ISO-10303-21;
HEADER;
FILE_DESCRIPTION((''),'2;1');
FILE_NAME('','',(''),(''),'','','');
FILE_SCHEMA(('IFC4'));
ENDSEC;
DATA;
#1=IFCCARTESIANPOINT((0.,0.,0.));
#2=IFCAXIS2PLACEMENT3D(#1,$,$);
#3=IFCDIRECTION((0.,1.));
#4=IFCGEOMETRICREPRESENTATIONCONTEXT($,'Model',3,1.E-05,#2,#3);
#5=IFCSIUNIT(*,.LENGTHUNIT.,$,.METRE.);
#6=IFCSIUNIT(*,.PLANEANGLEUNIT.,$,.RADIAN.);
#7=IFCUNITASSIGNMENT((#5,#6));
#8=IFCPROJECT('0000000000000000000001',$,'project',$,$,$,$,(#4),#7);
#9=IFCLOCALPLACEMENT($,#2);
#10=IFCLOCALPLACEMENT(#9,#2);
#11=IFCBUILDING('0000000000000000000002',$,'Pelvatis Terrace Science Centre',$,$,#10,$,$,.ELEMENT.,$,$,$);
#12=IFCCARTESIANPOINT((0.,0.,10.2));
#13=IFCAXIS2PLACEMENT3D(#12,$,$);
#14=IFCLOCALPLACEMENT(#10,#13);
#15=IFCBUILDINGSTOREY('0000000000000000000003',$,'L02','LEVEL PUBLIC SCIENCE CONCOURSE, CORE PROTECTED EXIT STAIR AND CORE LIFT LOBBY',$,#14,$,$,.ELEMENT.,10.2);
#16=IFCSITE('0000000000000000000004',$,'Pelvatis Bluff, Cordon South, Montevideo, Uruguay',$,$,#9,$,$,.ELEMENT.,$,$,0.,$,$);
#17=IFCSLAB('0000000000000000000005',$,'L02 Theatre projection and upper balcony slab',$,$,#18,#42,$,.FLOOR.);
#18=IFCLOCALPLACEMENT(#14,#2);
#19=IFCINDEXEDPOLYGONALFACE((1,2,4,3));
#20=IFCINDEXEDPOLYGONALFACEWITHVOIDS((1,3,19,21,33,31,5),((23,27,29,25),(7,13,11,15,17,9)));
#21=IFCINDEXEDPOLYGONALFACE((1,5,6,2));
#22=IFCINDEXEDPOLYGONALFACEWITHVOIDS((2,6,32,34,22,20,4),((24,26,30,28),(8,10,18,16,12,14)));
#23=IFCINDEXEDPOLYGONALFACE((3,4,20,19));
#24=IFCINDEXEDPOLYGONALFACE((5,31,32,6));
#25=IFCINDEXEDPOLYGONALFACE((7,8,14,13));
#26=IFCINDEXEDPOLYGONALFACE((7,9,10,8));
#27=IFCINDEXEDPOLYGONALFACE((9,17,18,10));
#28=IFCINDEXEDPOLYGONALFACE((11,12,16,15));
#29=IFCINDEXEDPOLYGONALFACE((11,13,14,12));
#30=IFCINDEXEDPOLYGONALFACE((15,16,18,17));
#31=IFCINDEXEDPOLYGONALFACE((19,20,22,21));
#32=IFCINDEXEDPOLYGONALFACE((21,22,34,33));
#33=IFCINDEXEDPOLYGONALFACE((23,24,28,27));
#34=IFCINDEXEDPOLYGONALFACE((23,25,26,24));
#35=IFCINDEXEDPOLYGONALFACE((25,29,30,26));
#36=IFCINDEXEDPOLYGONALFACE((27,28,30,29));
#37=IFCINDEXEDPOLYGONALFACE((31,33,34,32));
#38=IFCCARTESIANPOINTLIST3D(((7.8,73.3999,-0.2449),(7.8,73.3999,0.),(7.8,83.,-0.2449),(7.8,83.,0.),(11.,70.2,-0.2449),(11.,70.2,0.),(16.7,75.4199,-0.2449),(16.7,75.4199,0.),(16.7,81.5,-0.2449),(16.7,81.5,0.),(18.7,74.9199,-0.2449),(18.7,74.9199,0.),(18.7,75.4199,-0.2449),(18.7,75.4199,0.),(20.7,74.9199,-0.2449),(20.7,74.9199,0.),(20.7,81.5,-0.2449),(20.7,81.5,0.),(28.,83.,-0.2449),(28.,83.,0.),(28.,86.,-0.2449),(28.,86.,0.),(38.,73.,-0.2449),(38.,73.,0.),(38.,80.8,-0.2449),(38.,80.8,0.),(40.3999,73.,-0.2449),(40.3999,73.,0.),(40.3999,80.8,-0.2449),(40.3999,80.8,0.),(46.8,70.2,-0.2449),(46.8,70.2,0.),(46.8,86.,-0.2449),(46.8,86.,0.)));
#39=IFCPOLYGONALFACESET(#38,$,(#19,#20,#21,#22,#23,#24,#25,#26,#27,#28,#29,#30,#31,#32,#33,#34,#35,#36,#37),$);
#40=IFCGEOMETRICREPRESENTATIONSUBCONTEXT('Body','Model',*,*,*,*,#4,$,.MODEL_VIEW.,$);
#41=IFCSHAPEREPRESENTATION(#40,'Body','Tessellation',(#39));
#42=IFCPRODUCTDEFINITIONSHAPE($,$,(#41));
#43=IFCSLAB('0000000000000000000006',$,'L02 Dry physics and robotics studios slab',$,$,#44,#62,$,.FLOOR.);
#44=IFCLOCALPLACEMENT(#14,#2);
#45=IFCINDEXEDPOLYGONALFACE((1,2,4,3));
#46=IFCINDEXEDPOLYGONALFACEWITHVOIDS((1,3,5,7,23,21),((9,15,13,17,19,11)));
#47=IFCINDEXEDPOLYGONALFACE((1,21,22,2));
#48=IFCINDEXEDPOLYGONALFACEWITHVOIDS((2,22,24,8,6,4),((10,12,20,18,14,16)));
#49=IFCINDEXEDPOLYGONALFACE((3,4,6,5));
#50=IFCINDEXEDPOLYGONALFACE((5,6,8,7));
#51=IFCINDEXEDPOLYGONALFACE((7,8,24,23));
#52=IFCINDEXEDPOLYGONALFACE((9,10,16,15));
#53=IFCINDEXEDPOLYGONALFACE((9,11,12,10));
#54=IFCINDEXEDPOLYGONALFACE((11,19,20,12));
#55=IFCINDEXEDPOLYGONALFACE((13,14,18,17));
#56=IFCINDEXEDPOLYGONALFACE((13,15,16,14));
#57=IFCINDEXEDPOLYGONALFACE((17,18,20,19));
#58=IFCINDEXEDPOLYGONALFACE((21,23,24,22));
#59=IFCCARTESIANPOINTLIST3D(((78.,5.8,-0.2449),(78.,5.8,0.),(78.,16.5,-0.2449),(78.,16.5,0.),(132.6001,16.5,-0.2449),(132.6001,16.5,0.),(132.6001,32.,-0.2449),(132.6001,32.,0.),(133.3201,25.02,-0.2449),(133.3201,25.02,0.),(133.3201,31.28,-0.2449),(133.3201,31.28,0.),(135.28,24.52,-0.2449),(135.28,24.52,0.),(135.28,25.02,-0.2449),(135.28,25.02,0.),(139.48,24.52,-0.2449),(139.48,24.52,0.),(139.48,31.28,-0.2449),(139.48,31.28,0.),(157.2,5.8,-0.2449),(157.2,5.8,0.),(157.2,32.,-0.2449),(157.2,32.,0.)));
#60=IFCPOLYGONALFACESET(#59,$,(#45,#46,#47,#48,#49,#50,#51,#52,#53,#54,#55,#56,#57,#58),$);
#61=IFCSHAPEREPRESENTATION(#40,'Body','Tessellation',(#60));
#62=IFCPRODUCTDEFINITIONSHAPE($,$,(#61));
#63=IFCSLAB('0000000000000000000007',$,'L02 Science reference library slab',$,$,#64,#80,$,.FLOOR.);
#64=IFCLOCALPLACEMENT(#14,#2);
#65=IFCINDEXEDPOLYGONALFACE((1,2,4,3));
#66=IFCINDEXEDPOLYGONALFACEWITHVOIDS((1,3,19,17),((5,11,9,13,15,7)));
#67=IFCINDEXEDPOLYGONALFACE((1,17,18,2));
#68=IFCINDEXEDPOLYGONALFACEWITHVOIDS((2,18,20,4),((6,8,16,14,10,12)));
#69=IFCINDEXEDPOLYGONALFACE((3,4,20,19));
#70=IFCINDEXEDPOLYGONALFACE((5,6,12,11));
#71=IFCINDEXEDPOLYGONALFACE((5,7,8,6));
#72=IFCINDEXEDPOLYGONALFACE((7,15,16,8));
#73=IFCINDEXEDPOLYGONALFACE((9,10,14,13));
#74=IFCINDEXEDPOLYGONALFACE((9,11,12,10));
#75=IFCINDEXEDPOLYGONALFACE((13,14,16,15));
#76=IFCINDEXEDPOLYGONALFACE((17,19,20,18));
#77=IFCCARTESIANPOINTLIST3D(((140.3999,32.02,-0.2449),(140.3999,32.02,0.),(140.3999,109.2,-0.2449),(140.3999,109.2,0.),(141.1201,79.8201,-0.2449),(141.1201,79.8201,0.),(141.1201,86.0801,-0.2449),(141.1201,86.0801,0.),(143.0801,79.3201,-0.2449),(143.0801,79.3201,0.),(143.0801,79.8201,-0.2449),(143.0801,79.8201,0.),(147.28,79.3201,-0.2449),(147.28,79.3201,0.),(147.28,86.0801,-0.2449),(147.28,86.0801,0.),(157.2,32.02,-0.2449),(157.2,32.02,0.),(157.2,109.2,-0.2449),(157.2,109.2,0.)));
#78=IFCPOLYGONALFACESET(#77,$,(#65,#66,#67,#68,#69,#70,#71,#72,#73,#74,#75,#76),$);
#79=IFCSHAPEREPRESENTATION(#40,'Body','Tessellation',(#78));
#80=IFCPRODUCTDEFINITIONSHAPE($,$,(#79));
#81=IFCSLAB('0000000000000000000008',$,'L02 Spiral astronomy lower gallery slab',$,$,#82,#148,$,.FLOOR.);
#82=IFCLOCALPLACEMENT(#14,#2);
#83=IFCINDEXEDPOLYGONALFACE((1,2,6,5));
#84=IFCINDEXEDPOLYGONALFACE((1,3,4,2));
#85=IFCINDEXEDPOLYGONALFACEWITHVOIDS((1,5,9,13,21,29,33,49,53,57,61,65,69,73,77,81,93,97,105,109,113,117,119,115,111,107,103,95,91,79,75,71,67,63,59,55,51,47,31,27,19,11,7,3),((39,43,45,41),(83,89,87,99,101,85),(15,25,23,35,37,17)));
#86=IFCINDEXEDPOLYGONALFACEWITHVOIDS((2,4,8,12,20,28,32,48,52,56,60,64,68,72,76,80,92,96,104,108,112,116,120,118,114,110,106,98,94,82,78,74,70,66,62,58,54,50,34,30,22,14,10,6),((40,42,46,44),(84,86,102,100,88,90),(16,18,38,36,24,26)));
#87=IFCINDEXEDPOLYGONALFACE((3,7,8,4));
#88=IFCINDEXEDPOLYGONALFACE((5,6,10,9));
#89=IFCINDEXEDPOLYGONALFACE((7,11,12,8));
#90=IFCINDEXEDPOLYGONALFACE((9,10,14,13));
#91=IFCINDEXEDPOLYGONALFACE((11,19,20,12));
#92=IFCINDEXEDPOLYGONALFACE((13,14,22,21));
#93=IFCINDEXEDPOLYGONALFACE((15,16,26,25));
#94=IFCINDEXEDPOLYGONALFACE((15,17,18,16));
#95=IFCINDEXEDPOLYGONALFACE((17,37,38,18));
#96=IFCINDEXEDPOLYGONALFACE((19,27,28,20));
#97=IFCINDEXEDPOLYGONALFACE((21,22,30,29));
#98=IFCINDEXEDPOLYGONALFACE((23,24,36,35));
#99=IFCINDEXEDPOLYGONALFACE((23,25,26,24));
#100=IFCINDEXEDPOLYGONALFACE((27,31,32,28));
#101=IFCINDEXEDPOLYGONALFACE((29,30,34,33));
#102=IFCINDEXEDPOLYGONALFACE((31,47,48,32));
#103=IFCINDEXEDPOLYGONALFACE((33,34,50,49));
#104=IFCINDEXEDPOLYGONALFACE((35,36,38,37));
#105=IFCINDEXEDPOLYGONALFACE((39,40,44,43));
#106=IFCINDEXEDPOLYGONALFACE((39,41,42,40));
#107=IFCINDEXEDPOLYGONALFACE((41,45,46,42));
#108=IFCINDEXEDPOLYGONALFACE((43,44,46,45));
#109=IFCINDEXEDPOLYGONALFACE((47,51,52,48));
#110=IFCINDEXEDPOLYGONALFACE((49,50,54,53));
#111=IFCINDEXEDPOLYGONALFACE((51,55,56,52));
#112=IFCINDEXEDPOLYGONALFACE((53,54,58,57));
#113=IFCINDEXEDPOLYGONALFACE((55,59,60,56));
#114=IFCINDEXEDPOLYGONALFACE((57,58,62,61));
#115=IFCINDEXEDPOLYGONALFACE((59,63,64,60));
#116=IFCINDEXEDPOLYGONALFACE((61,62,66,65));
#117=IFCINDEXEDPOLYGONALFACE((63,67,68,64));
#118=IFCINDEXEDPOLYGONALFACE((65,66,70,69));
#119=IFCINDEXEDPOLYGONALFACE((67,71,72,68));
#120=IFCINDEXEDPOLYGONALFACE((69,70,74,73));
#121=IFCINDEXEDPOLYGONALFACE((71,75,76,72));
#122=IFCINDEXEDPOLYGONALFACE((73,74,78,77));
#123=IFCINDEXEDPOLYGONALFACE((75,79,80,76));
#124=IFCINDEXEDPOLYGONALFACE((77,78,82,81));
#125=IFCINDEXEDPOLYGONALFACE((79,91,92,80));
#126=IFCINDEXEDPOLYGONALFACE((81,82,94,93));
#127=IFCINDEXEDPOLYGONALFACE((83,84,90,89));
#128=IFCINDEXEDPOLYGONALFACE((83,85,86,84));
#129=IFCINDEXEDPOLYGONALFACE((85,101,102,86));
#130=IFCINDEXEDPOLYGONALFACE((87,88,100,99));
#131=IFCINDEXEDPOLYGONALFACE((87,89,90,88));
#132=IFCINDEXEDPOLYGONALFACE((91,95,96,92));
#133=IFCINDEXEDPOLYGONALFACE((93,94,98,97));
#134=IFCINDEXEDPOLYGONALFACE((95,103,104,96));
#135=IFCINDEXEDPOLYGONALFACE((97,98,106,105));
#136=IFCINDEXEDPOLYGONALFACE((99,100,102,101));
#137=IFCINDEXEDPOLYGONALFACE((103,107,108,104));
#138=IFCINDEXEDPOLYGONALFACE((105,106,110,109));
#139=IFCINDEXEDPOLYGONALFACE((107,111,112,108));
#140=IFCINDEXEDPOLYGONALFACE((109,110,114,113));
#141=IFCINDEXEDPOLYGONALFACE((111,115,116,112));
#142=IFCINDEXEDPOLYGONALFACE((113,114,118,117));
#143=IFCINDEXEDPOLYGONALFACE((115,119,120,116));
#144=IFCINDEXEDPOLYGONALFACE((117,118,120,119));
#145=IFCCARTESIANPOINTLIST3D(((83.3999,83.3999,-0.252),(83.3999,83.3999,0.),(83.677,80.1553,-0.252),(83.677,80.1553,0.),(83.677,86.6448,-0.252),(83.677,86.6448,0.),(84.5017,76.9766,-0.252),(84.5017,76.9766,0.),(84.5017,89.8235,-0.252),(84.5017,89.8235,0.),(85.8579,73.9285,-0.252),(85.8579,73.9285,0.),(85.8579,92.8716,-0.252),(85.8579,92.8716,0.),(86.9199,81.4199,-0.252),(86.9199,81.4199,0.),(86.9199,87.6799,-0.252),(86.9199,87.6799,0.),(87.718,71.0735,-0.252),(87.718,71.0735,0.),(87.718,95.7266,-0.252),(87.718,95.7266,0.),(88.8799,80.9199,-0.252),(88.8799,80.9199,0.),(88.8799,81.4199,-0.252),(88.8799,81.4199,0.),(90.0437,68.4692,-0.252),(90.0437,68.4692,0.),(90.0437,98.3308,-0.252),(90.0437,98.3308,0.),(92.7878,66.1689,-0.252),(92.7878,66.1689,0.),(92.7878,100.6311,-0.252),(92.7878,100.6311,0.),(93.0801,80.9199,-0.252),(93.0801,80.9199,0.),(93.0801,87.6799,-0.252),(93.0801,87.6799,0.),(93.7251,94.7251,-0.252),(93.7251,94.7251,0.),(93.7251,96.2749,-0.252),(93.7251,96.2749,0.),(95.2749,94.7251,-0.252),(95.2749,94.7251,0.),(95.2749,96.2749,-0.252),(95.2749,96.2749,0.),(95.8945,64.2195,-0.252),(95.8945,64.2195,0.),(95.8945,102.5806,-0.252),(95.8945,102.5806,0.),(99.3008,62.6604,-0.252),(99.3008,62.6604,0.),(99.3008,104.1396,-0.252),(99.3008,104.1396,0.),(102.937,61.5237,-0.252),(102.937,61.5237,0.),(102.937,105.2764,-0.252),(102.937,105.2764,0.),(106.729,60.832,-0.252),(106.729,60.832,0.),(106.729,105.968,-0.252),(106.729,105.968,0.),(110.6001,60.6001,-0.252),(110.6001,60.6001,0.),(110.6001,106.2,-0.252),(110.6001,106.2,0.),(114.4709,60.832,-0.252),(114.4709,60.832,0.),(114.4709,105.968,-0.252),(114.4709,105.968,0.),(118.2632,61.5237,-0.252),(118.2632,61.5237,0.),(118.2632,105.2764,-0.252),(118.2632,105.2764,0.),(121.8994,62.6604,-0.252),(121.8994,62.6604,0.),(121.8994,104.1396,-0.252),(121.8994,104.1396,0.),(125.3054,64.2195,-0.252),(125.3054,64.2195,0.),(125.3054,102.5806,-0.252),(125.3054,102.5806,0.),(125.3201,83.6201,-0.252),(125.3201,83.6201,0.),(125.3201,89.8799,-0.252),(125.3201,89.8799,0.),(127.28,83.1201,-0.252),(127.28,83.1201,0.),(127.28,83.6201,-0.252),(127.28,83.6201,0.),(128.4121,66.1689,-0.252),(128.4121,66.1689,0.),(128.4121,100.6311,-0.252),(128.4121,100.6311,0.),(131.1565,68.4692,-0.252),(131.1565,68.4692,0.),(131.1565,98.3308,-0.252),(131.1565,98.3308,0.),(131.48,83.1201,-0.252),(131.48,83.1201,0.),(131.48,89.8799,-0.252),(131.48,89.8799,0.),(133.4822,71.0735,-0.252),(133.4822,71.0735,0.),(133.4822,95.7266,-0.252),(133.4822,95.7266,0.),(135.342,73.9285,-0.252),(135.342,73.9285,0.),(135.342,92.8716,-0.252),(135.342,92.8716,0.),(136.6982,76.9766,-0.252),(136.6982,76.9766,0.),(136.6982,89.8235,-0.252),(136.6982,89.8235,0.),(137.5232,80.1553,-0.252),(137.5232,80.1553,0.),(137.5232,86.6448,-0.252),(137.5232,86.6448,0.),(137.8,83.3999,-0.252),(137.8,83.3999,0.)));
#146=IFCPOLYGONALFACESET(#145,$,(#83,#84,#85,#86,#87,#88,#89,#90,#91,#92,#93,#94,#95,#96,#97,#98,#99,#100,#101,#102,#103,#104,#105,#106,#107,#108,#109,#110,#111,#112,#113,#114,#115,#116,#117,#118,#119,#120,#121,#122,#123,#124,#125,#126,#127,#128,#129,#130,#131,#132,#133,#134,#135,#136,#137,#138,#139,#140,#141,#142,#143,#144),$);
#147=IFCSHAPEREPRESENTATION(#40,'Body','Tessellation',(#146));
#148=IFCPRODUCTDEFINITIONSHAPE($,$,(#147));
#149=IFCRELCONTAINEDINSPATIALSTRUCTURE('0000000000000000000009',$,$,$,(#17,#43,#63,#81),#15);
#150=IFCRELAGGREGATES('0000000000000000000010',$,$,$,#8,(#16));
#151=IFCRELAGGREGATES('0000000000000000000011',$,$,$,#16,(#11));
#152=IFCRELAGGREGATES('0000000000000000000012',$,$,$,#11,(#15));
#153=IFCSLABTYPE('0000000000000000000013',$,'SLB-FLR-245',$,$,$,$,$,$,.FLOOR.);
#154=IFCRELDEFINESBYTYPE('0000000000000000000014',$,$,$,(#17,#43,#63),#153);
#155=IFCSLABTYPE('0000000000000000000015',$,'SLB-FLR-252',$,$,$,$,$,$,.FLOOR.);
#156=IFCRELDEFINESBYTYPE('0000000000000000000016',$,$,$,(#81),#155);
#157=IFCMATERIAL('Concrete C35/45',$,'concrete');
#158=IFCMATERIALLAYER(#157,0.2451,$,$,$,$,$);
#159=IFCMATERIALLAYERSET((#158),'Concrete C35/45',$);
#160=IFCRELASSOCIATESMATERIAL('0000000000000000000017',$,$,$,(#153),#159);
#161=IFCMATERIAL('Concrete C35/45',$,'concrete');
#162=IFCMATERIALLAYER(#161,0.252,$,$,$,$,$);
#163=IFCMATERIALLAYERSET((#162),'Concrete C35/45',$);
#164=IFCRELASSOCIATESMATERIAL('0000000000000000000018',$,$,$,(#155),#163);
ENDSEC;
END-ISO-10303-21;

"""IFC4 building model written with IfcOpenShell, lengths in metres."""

from ifc_helpers import new_model, si_unit, direction, frame, origin, place, context, subcontext, project, spatial, polyline, outline, extrude, material, layer, layer_set, type_object, element, save


model = new_model("IFC4")

# Units and contexts
model_context = context("Model", 3, precision=1e-05, world=origin(), true_north=direction((0.0, 1.0)))
body_context = subcontext(model_context, "Body", "Model", "MODEL_VIEW")
ifc_project = project(units=[si_unit("LENGTHUNIT", "METRE"), si_unit("PLANEANGLEUNIT", "RADIAN")], contexts=[model_context])

# Site, building, storey
site_placement = place(None, origin())
site = spatial("IfcSite", under=ifc_project, at=site_placement, Name="Pelvatis Bluff, Cordon South, Montevideo, Uruguay", CompositionType="ELEMENT", RefElevation=0.0)
building_placement = place(site_placement, origin())
building = spatial("IfcBuilding", under=site, at=building_placement, Name="Pelvatis Terrace Science Centre", CompositionType="ELEMENT")
storey_placement = place(building_placement, frame((0.0, 0.0, 10.2)))
storey = spatial("IfcBuildingStorey", under=building, at=storey_placement, Name="L02", Description="LEVEL PUBLIC SCIENCE CONCOURSE, CORE PROTECTED EXIT STAIR AND CORE LIFT LOBBY", CompositionType="ELEMENT", Elevation=10.2)

# Slabs
ifc_material_1 = material(Name="Concrete C35/45", Category="concrete")
ifc_layer_1 = layer(ifc_material_1, 0.2451)
ifc_layer_set_1 = layer_set([ifc_layer_1], Name="Concrete C35/45")
slab_type_1 = type_object("IfcSlabType", Name="SLB-FLR-245", PredefinedType="FLOOR", material=ifc_layer_set_1)
slab_1_placement = place(storey_placement, frame((0.0, 0.0, -0.2449)))
element("IfcSlab", 1, at=slab_1_placement, inside=storey, type_object=slab_type_1, Name="L02 Theatre projection and upper balcony slab", PredefinedType="FLOOR", context=body_context, shape_type="SweptSolid", body=[
    extrude(outline(polyline([(7.8, 83.0), (28.0, 83.0), (28.0, 86.0), (46.8, 86.0), (46.8, 70.2), (11.0, 70.2), (7.8, 73.3999), (7.8, 83.0)]), holes=[polyline([(38.0, 73.0), (40.3999, 73.0), (40.3999, 80.8), (38.0, 80.8), (38.0, 73.0)]), polyline([(16.7, 75.4199), (18.7, 75.4199), (18.7, 74.9199), (20.7, 74.9199), (20.7, 81.5), (16.7, 81.5), (16.7, 75.4199)])]), origin(), (0.0, 0.0, 1.0), 0.2449),
])
slab_2_placement = place(storey_placement, frame((0.0, 0.0, -0.2449)))
element("IfcSlab", 2, at=slab_2_placement, inside=storey, type_object=slab_type_1, Name="L02 Dry physics and robotics studios slab", PredefinedType="FLOOR", context=body_context, shape_type="SweptSolid", body=[
    extrude(outline(polyline([(132.6001, 16.5), (132.6001, 32.0), (157.2, 32.0), (157.2, 5.8), (78.0, 5.8), (78.0, 16.5), (132.6001, 16.5)]), holes=[polyline([(135.28, 25.02), (135.28, 24.52), (139.48, 24.52), (139.48, 31.28), (133.3201, 31.28), (133.3201, 25.02), (135.28, 25.02)])]), origin(), (0.0, 0.0, 1.0), 0.2449),
])
slab_3_placement = place(storey_placement, frame((0.0, 0.0, -0.2449)))
element("IfcSlab", 3, at=slab_3_placement, inside=storey, type_object=slab_type_1, Name="L02 Science reference library slab", PredefinedType="FLOOR", context=body_context, shape_type="SweptSolid", body=[
    extrude(outline(polyline([(157.2, 109.2), (157.2, 32.02), (140.3999, 32.02), (140.3999, 109.2), (157.2, 109.2)]), holes=[polyline([(143.0801, 79.8201), (143.0801, 79.3201), (147.28, 79.3201), (147.28, 86.0801), (141.1201, 86.0801), (141.1201, 79.8201), (143.0801, 79.8201)])]), origin(), (0.0, 0.0, 1.0), 0.2449),
])
ifc_material_2 = material(Name="Concrete C35/45", Category="concrete")
ifc_layer_2 = layer(ifc_material_2, 0.252)
ifc_layer_set_2 = layer_set([ifc_layer_2], Name="Concrete C35/45")
slab_type_2 = type_object("IfcSlabType", Name="SLB-FLR-252", PredefinedType="FLOOR", material=ifc_layer_set_2)
slab_4_placement = place(storey_placement, frame((0.0, 0.0, -0.252)))
element("IfcSlab", 4, at=slab_4_placement, inside=storey, type_object=slab_type_2, Name="L02 Spiral astronomy lower gallery slab", PredefinedType="FLOOR", context=body_context, shape_type="SweptSolid", body=[
    extrude(outline(polyline([(137.5232, 80.1553), (136.6982, 76.9766), (135.342, 73.9285), (133.4822, 71.0735), (131.1565, 68.4692), (128.4121, 66.1689), (125.3054, 64.2195), (121.8994, 62.6604), (118.2632, 61.5237), (114.4709, 60.832), (110.6001, 60.6001), (106.729, 60.832), (102.937, 61.5237), (99.3008, 62.6604), (95.8945, 64.2195), (92.7878, 66.1689), (90.0437, 68.4692), (87.718, 71.0735), (85.8579, 73.9285), (84.5017, 76.9766), (83.677, 80.1553), (83.3999, 83.3999), (83.677, 86.6448), (84.5017, 89.8235), (85.8579, 92.8716), (87.718, 95.7266), (90.0437, 98.3308), (92.7878, 100.6311), (95.8945, 102.5806), (99.3008, 104.1396), (102.937, 105.2764), (106.729, 105.968), (110.6001, 106.2), (114.4709, 105.968), (118.2632, 105.2764), (121.8994, 104.1396), (125.3054, 102.5806), (128.4121, 100.6311), (131.1565, 98.3308), (133.4822, 95.7266), (135.342, 92.8716), (136.6982, 89.8235), (137.5232, 86.6448), (137.8, 83.3999), (137.5232, 80.1553)]), holes=[polyline([(86.9199, 81.4199), (88.8799, 81.4199), (88.8799, 80.9199), (93.0801, 80.9199), (93.0801, 87.6799), (86.9199, 87.6799), (86.9199, 81.4199)]), polyline([(125.3201, 89.8799), (125.3201, 83.6201), (127.28, 83.6201), (127.28, 83.1201), (131.48, 83.1201), (131.48, 89.8799), (125.3201, 89.8799)]), polyline([(93.7251, 96.2749), (93.7251, 94.7251), (95.2749, 94.7251), (95.2749, 96.2749), (93.7251, 96.2749)])]), origin(), (0.0, 0.0, 1.0), 0.252),
])

save(model, "model.ifc")
